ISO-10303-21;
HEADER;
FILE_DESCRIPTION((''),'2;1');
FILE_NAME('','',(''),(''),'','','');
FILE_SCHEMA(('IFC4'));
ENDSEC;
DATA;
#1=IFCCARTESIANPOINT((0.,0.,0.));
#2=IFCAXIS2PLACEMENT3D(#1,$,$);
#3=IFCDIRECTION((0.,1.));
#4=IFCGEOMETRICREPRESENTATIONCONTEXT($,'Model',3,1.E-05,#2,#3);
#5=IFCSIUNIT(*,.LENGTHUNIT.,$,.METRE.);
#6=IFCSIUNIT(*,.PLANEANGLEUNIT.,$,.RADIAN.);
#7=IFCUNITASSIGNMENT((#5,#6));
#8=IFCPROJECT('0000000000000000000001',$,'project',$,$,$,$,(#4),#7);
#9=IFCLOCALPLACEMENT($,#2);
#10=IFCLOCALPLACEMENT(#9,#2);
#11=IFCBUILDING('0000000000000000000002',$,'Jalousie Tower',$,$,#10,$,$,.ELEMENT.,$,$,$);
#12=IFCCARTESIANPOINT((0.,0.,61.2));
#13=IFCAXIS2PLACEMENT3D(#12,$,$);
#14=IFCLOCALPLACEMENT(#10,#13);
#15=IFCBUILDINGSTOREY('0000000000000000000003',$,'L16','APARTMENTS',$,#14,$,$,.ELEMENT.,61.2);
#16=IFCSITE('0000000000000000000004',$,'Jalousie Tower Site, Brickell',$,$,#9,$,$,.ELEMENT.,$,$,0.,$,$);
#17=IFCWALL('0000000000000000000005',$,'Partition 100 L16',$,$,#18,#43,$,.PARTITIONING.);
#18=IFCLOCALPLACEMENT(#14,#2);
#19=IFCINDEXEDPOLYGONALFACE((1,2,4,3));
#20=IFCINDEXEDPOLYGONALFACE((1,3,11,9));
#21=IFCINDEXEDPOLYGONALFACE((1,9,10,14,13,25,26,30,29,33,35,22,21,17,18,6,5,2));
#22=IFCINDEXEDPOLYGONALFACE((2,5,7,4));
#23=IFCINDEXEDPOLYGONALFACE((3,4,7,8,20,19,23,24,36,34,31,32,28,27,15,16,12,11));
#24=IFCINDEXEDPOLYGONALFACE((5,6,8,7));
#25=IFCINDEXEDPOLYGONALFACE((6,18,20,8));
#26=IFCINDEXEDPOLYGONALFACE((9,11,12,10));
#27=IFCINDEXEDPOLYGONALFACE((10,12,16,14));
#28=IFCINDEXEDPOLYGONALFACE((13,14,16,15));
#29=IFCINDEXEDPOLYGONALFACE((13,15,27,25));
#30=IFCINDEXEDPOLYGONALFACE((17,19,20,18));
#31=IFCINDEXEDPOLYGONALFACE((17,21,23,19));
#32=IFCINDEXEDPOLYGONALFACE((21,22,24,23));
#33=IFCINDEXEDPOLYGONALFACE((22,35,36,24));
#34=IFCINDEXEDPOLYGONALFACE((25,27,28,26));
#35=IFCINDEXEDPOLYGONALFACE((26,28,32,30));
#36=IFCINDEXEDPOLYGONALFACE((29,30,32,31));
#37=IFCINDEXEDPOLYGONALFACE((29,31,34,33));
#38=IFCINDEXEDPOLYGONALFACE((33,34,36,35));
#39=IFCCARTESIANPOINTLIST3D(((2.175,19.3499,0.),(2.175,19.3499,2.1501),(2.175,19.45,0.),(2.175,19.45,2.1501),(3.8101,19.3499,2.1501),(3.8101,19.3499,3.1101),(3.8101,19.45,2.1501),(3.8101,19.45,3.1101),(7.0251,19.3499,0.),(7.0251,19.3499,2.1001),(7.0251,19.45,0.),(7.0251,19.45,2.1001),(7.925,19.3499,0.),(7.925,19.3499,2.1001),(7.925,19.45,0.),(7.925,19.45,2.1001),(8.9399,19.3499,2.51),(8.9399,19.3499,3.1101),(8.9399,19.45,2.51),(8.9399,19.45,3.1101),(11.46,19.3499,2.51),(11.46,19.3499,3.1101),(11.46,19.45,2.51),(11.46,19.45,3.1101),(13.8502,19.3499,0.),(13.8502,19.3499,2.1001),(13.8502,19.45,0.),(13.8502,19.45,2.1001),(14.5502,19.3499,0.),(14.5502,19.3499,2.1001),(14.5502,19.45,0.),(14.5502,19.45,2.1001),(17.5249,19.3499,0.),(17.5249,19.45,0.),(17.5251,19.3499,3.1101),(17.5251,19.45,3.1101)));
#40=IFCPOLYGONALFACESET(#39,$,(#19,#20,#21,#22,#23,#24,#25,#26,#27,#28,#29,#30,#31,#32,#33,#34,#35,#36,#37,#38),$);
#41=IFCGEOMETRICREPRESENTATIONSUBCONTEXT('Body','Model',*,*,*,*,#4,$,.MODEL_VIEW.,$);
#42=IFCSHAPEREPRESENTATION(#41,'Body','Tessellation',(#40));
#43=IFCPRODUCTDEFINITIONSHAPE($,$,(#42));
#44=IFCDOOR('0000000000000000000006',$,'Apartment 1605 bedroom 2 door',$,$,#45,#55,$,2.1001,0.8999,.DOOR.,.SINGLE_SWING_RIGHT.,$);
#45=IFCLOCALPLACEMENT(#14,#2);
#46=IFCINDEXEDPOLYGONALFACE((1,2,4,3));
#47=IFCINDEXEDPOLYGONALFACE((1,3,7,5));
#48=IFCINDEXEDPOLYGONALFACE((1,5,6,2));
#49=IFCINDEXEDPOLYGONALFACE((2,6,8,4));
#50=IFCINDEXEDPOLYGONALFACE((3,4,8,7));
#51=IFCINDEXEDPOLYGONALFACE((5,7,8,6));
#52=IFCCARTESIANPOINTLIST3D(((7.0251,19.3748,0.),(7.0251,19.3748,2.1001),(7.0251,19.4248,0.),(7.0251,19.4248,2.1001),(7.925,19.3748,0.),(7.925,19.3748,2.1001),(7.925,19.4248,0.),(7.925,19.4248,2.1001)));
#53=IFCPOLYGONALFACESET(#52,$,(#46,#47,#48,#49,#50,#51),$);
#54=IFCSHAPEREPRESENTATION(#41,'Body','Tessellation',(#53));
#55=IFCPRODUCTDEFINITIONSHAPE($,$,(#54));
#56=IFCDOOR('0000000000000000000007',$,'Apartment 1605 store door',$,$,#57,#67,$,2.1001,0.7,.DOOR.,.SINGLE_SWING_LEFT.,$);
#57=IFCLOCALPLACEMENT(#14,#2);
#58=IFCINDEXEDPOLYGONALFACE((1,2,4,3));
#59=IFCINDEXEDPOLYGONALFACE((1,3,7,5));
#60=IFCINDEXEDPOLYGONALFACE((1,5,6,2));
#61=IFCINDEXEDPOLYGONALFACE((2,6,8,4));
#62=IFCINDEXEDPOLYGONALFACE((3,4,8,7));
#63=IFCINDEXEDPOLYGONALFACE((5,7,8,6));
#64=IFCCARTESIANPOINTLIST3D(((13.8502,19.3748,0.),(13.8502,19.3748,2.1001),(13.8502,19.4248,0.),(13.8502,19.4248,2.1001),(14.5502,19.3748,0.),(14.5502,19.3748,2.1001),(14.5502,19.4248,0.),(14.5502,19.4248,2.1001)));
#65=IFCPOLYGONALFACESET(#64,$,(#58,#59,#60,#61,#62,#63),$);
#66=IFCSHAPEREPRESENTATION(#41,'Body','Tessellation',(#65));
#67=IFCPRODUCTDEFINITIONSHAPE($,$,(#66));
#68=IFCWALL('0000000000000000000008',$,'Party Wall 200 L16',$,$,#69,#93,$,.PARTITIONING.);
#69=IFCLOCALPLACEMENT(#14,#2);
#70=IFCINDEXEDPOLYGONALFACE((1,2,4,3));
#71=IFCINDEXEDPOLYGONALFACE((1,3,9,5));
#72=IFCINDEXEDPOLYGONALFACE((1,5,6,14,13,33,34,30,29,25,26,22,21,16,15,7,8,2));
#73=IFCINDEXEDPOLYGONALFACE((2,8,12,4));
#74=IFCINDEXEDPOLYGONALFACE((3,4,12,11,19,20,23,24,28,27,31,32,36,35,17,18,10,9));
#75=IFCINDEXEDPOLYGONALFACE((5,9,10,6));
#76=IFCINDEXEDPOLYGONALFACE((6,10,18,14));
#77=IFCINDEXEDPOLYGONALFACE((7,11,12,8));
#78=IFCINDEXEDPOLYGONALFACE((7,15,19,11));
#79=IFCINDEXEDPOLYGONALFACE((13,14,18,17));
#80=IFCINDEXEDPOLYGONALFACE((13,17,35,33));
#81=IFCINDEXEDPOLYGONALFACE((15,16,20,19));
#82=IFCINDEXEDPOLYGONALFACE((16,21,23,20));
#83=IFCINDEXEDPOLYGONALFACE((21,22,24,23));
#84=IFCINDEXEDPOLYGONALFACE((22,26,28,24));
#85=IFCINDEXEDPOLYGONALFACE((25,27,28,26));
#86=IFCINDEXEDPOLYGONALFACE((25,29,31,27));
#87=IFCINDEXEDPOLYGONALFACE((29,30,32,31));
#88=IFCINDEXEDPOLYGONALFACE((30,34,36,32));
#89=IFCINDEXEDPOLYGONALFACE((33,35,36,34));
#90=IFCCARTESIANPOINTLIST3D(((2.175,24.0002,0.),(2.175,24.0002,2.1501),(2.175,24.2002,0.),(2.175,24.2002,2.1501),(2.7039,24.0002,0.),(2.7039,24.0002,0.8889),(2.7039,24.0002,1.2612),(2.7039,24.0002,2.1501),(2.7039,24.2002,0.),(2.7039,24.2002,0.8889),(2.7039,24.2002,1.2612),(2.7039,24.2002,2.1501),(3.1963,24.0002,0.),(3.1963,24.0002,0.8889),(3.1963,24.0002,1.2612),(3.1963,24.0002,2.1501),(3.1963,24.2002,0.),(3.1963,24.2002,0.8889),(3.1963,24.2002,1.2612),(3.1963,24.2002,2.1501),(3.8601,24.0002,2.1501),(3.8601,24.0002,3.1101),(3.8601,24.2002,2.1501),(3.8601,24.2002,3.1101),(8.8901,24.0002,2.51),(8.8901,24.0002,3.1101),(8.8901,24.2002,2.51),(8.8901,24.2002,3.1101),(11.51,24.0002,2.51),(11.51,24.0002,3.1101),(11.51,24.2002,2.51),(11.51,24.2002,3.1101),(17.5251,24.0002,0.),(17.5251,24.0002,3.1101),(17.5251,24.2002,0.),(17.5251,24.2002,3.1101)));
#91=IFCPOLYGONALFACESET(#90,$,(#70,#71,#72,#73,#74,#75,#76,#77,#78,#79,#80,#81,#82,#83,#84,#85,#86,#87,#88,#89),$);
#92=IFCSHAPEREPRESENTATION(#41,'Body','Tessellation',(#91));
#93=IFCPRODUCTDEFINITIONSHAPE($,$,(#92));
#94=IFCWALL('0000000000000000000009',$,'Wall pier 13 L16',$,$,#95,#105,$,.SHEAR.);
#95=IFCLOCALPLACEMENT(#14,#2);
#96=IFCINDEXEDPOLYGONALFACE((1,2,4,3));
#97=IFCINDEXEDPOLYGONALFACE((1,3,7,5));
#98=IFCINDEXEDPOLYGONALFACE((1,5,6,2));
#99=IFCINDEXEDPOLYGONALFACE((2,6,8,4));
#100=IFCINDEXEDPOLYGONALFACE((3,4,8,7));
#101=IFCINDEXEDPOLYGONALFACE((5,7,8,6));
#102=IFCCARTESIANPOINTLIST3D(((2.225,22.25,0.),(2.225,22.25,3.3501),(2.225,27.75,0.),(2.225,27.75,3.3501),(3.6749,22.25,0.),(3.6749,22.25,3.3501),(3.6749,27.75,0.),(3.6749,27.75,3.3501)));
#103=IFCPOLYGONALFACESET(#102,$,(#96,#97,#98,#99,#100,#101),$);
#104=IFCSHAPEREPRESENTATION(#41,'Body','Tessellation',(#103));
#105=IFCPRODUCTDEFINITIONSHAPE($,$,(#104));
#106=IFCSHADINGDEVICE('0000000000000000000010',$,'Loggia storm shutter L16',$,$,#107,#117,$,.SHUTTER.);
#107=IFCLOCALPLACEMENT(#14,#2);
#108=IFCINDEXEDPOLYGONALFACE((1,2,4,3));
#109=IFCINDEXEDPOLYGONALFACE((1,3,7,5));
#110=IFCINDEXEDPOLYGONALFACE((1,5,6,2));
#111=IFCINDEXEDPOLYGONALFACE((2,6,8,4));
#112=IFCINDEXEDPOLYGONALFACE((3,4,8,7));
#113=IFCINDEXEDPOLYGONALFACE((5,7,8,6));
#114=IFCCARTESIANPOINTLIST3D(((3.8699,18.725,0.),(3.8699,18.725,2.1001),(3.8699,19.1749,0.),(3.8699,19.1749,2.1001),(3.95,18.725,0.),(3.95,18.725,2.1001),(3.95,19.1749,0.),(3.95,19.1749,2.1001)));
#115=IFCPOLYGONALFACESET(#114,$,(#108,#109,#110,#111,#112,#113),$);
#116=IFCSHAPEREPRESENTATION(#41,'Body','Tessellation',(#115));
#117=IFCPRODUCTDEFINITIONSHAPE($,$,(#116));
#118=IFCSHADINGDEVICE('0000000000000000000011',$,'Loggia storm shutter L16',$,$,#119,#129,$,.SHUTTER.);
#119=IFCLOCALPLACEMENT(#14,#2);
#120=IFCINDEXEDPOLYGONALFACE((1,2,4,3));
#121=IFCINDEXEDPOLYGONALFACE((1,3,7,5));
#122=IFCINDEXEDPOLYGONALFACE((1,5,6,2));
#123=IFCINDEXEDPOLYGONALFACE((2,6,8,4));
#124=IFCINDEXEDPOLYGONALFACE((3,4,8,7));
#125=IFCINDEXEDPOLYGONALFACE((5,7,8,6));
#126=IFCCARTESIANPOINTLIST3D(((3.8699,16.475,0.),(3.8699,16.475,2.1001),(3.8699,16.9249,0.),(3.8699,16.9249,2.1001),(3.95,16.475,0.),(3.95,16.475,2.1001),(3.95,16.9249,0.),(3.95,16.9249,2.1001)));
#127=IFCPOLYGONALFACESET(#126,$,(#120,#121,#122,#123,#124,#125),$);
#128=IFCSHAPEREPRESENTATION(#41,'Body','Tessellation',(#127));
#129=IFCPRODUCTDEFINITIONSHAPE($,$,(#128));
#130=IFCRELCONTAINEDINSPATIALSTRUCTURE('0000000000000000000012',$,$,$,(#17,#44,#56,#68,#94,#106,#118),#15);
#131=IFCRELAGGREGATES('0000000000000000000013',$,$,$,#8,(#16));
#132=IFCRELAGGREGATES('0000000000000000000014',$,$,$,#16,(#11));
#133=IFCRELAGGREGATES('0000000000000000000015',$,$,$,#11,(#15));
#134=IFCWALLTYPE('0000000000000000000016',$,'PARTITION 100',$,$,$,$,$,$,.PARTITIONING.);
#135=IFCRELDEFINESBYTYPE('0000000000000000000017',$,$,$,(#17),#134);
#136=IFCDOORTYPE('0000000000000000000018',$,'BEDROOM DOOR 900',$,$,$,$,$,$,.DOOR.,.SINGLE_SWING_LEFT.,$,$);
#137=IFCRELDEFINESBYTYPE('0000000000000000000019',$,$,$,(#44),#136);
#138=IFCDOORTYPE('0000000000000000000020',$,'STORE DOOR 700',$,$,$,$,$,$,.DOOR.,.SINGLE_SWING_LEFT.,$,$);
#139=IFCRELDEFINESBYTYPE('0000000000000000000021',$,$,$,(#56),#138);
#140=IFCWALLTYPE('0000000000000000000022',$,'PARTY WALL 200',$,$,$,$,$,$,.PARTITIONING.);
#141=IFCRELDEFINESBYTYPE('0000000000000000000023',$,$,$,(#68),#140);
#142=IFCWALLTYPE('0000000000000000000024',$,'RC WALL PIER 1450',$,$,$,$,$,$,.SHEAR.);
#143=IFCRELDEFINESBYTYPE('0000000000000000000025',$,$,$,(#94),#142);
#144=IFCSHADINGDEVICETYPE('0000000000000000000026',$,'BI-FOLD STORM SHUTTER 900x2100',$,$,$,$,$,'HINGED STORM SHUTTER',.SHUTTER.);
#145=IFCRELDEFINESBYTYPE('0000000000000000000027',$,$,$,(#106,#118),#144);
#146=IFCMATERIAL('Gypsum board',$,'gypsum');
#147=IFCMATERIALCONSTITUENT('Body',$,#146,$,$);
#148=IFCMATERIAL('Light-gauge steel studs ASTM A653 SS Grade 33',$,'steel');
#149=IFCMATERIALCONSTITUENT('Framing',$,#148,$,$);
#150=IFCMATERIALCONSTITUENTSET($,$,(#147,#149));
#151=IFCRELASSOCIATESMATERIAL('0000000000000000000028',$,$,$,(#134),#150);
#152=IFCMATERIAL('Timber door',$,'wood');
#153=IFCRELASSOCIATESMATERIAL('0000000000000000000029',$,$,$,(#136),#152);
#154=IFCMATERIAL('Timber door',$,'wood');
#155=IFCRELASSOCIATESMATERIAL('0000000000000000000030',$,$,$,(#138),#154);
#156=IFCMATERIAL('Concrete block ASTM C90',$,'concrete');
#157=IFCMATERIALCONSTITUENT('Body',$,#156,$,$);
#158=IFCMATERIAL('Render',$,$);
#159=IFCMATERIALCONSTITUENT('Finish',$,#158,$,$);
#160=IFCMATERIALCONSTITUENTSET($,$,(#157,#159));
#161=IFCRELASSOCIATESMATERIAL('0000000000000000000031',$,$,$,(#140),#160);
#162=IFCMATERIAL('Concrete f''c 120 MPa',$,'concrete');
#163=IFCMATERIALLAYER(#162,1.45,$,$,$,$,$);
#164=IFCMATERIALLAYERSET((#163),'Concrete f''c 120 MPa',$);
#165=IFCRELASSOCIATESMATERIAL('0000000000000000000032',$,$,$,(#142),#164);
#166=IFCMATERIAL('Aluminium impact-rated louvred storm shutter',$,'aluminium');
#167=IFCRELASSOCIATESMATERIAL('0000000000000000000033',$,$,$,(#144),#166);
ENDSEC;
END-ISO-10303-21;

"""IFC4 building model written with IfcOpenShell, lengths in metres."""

from ifc_helpers import new_model, si_unit, direction, frame, frame_2d, origin, origin_2d, place, context, subcontext, project, spatial, polyline, rectangle, outline, extrude, material, layer, layer_set, constituent, constituent_set, type_object, element, fill, save


model = new_model("IFC4")

# Units and contexts
model_context = context("Model", 3, precision=1e-05, world=origin(), true_north=direction((0.0, 1.0)))
body_context = subcontext(model_context, "Body", "Model", "MODEL_VIEW")
ifc_project = project(units=[si_unit("LENGTHUNIT", "METRE"), si_unit("PLANEANGLEUNIT", "RADIAN")], contexts=[model_context])

# Site, building, storey
site_placement = place(None, origin())
site = spatial("IfcSite", under=ifc_project, at=site_placement, Name="Jalousie Tower Site, Brickell", CompositionType="ELEMENT", RefElevation=0.0)
building_placement = place(site_placement, origin())
building = spatial("IfcBuilding", under=site, at=building_placement, Name="Jalousie Tower", CompositionType="ELEMENT")
storey_placement = place(building_placement, frame((0.0, 0.0, 61.2)))
storey = spatial("IfcBuildingStorey", under=building, at=storey_placement, Name="L16", Description="APARTMENTS", CompositionType="ELEMENT", Elevation=61.2)

# Wall, openings, doors
ifc_material_1 = material(Name="Gypsum board", Category="gypsum")
ifc_constituent_1 = constituent(ifc_material_1, Name="Body")
ifc_material_2 = material(Name="Light-gauge steel studs ASTM A653 SS Grade 33", Category="steel")
ifc_constituent_2 = constituent(ifc_material_2, Name="Framing")
ifc_constituent_set_1 = constituent_set(constituents=[ifc_constituent_1, ifc_constituent_2])
wall_type_1 = type_object("IfcWallType", Name="PARTITION 100", PredefinedType="PARTITIONING", material=ifc_constituent_set_1)
wall_1_placement = place(storey_placement, frame((2.175, 19.3999, 0.0), z_axis=(0.0, 0.0, 1.0), x_axis=(1.0, 0.0, 0.0)))
wall_1 = element("IfcWall", 1, at=wall_1_placement, inside=storey, type_object=wall_type_1, Name="Partition 100 L16", PredefinedType="PARTITIONING", context=body_context, shape_type="SweptSolid", body=[
    extrude(outline(polyline([(0.0, 0.0), (15.3499, 0.0), (15.3501, 3.1101), (9.2849, 3.1101), (9.2849, 2.51), (6.7649, 2.51), (6.7649, 3.1101), (1.635, 3.1101), (1.635, 2.1501), (0.0, 2.1501), (0.0, 3.1101), (0.0, 0.0)])), frame((0.0, 0.05, 0.0), z_axis=(0.0, -1.0, 0.0), x_axis=(1.0, 0.0, 0.0)), (0.0, 0.0, 1.0), 0.1001),
])
opening_1_placement = place(wall_1_placement, frame((4.8501, 0.0, 0.0)))
opening_1 = element("IfcOpeningElement", 2, at=opening_1_placement, cuts=wall_1, PredefinedType="OPENING", context=body_context, shape_type="SweptSolid", body=[
    extrude(rectangle(XDim=0.8999, YDim=2.1001, at=frame_2d((0.45, 1.05))), frame((0.0, 0.0601, 0.0), z_axis=(0.0, -1.0, 0.0), x_axis=(1.0, 0.0, 0.0)), (0.0, 0.0, 1.0), 0.1201),
])
opening_2_placement = place(wall_1_placement, frame((11.675, 0.0, 0.0)))
opening_2 = element("IfcOpeningElement", 3, at=opening_2_placement, cuts=wall_1, PredefinedType="OPENING", context=body_context, shape_type="SweptSolid", body=[
    extrude(rectangle(XDim=0.7, YDim=2.1001, at=frame_2d((0.3501, 1.05))), frame((0.0, 0.0601, 0.0), z_axis=(0.0, -1.0, 0.0), x_axis=(1.0, 0.0, 0.0)), (0.0, 0.0, 1.0), 0.1201),
])
ifc_material_3 = material(Name="Timber door", Category="wood")
door_type_1 = type_object("IfcDoorType", Name="BEDROOM DOOR 900", OperationType="SINGLE_SWING_LEFT", PredefinedType="DOOR", material=ifc_material_3)
door_1_placement = place(opening_1_placement, origin())
door_1 = element("IfcDoor", 4, at=door_1_placement, inside=storey, type_object=door_type_1, Name="Apartment 1605 bedroom 2 door", OperationType="SINGLE_SWING_RIGHT", OverallHeight=2.1001, OverallWidth=0.8999, PredefinedType="DOOR", context=body_context, shape_type="SweptSolid", body=[
    extrude(rectangle(XDim=0.8999, YDim=2.1001, at=frame_2d((0.45, 1.05))), frame((0.0, 0.0249, 0.0), z_axis=(0.0, -1.0, 0.0), x_axis=(1.0, 0.0, 0.0)), (0.0, 0.0, 1.0), 0.05),
])
fill(opening_1, door_1)
ifc_material_4 = material(Name="Timber door", Category="wood")
door_type_2 = type_object("IfcDoorType", Name="STORE DOOR 700", OperationType="SINGLE_SWING_LEFT", PredefinedType="DOOR", material=ifc_material_4)
door_2_placement = place(opening_2_placement, origin())
door_2 = element("IfcDoor", 5, at=door_2_placement, inside=storey, type_object=door_type_2, Name="Apartment 1605 store door", OperationType="SINGLE_SWING_LEFT", OverallHeight=2.1001, OverallWidth=0.7, PredefinedType="DOOR", context=body_context, shape_type="SweptSolid", body=[
    extrude(rectangle(XDim=0.7, YDim=2.1001, at=frame_2d((0.3501, 1.05))), frame((0.0, 0.0249, 0.0), z_axis=(0.0, -1.0, 0.0), x_axis=(1.0, 0.0, 0.0)), (0.0, 0.0, 1.0), 0.05),
])
fill(opening_2, door_2)

# Walls
ifc_material_5 = material(Name="Concrete block ASTM C90", Category="concrete")
ifc_constituent_3 = constituent(ifc_material_5, Name="Body")
ifc_material_6 = material(Name="Render")
ifc_constituent_4 = constituent(ifc_material_6, Name="Finish")
ifc_constituent_set_2 = constituent_set(constituents=[ifc_constituent_3, ifc_constituent_4])
wall_type_2 = type_object("IfcWallType", Name="PARTY WALL 200", PredefinedType="PARTITIONING", material=ifc_constituent_set_2)
wall_2_placement = place(storey_placement, frame((2.175, 24.1001, 0.0), z_axis=(0.0, 0.0, 1.0), x_axis=(1.0, 0.0, 0.0)))
element("IfcWall", 6, at=wall_2_placement, inside=storey, type_object=wall_type_2, Name="Party Wall 200 L16", PredefinedType="PARTITIONING", context=body_context, shape_type="SweptSolid", body=[
    extrude(outline(polyline([(0.5288, 2.1501), (0.0, 2.1501), (0.0, 0.0), (0.5288, 0.0), (0.5288, 0.8889), (1.0212, 0.8889), (1.0212, 0.0), (15.3501, 0.0), (15.3501, 3.1101), (9.335, 3.1101), (9.335, 2.51), (6.7151, 2.51), (6.7151, 3.1101), (1.6851, 3.1101), (1.6851, 2.1501), (1.0212, 2.1501), (1.0212, 1.2612), (0.5288, 1.2612), (0.5288, 2.1501)])), frame((0.0, 0.1001, 0.0), z_axis=(0.0, -1.0, 0.0), x_axis=(1.0, 0.0, 0.0)), (0.0, 0.0, 1.0), 0.2),
])
ifc_material_7 = material(Name="Concrete f'c 120 MPa", Category="concrete")
ifc_layer_1 = layer(ifc_material_7, 1.45)
ifc_layer_set_1 = layer_set([ifc_layer_1], Name="Concrete f'c 120 MPa")
wall_type_3 = type_object("IfcWallType", Name="RC WALL PIER 1450", PredefinedType="SHEAR", material=ifc_layer_set_1)
wall_3_placement = place(storey_placement, frame((2.95, 22.25, 0.0), z_axis=(0.0, 0.0, 1.0), x_axis=(0.0, 1.0, 0.0)))
element("IfcWall", 7, at=wall_3_placement, inside=storey, type_object=wall_type_3, Name="Wall pier 13 L16", PredefinedType="SHEAR", context=body_context, shape_type="SweptSolid", body=[
    extrude(rectangle(XDim=5.5, YDim=1.45, at=frame_2d((2.75, 0.0))), origin(), (0.0, 0.0, 1.0), 3.3501),
])

# Shading devices
ifc_material_8 = material(Name="Aluminium impact-rated louvred storm shutter", Category="aluminium")
shading_device_type_1 = type_object("IfcShadingDeviceType", Name="BI-FOLD STORM SHUTTER 900x2100", ElementType="HINGED STORM SHUTTER", PredefinedType="SHUTTER", material=ifc_material_8)
for number, where, z_axis, x_axis, name in (
    (8, (3.9099, 18.95, 0.0), (0.0, 0.0, 1.0), (0.0, -1.0, 0.0), "Loggia storm shutter L16"),
    (9, (3.9099, 16.7, 0.0), (0.0, 0.0, 1.0), (0.0, -1.0, 0.0), "Loggia storm shutter L16"),
):
    element("IfcShadingDevice", number, at=place(storey_placement, frame(where, z_axis=z_axis, x_axis=x_axis)), inside=storey, type_object=shading_device_type_1, Name=name, PredefinedType="SHUTTER", context=body_context, shape_type="SweptSolid", body=[
        extrude(rectangle(XDim=0.45, YDim=0.0801, at=origin_2d()), origin(), (0.0, 0.0, 1.0), 2.1001),
    ])

save(model, "model.ifc")
